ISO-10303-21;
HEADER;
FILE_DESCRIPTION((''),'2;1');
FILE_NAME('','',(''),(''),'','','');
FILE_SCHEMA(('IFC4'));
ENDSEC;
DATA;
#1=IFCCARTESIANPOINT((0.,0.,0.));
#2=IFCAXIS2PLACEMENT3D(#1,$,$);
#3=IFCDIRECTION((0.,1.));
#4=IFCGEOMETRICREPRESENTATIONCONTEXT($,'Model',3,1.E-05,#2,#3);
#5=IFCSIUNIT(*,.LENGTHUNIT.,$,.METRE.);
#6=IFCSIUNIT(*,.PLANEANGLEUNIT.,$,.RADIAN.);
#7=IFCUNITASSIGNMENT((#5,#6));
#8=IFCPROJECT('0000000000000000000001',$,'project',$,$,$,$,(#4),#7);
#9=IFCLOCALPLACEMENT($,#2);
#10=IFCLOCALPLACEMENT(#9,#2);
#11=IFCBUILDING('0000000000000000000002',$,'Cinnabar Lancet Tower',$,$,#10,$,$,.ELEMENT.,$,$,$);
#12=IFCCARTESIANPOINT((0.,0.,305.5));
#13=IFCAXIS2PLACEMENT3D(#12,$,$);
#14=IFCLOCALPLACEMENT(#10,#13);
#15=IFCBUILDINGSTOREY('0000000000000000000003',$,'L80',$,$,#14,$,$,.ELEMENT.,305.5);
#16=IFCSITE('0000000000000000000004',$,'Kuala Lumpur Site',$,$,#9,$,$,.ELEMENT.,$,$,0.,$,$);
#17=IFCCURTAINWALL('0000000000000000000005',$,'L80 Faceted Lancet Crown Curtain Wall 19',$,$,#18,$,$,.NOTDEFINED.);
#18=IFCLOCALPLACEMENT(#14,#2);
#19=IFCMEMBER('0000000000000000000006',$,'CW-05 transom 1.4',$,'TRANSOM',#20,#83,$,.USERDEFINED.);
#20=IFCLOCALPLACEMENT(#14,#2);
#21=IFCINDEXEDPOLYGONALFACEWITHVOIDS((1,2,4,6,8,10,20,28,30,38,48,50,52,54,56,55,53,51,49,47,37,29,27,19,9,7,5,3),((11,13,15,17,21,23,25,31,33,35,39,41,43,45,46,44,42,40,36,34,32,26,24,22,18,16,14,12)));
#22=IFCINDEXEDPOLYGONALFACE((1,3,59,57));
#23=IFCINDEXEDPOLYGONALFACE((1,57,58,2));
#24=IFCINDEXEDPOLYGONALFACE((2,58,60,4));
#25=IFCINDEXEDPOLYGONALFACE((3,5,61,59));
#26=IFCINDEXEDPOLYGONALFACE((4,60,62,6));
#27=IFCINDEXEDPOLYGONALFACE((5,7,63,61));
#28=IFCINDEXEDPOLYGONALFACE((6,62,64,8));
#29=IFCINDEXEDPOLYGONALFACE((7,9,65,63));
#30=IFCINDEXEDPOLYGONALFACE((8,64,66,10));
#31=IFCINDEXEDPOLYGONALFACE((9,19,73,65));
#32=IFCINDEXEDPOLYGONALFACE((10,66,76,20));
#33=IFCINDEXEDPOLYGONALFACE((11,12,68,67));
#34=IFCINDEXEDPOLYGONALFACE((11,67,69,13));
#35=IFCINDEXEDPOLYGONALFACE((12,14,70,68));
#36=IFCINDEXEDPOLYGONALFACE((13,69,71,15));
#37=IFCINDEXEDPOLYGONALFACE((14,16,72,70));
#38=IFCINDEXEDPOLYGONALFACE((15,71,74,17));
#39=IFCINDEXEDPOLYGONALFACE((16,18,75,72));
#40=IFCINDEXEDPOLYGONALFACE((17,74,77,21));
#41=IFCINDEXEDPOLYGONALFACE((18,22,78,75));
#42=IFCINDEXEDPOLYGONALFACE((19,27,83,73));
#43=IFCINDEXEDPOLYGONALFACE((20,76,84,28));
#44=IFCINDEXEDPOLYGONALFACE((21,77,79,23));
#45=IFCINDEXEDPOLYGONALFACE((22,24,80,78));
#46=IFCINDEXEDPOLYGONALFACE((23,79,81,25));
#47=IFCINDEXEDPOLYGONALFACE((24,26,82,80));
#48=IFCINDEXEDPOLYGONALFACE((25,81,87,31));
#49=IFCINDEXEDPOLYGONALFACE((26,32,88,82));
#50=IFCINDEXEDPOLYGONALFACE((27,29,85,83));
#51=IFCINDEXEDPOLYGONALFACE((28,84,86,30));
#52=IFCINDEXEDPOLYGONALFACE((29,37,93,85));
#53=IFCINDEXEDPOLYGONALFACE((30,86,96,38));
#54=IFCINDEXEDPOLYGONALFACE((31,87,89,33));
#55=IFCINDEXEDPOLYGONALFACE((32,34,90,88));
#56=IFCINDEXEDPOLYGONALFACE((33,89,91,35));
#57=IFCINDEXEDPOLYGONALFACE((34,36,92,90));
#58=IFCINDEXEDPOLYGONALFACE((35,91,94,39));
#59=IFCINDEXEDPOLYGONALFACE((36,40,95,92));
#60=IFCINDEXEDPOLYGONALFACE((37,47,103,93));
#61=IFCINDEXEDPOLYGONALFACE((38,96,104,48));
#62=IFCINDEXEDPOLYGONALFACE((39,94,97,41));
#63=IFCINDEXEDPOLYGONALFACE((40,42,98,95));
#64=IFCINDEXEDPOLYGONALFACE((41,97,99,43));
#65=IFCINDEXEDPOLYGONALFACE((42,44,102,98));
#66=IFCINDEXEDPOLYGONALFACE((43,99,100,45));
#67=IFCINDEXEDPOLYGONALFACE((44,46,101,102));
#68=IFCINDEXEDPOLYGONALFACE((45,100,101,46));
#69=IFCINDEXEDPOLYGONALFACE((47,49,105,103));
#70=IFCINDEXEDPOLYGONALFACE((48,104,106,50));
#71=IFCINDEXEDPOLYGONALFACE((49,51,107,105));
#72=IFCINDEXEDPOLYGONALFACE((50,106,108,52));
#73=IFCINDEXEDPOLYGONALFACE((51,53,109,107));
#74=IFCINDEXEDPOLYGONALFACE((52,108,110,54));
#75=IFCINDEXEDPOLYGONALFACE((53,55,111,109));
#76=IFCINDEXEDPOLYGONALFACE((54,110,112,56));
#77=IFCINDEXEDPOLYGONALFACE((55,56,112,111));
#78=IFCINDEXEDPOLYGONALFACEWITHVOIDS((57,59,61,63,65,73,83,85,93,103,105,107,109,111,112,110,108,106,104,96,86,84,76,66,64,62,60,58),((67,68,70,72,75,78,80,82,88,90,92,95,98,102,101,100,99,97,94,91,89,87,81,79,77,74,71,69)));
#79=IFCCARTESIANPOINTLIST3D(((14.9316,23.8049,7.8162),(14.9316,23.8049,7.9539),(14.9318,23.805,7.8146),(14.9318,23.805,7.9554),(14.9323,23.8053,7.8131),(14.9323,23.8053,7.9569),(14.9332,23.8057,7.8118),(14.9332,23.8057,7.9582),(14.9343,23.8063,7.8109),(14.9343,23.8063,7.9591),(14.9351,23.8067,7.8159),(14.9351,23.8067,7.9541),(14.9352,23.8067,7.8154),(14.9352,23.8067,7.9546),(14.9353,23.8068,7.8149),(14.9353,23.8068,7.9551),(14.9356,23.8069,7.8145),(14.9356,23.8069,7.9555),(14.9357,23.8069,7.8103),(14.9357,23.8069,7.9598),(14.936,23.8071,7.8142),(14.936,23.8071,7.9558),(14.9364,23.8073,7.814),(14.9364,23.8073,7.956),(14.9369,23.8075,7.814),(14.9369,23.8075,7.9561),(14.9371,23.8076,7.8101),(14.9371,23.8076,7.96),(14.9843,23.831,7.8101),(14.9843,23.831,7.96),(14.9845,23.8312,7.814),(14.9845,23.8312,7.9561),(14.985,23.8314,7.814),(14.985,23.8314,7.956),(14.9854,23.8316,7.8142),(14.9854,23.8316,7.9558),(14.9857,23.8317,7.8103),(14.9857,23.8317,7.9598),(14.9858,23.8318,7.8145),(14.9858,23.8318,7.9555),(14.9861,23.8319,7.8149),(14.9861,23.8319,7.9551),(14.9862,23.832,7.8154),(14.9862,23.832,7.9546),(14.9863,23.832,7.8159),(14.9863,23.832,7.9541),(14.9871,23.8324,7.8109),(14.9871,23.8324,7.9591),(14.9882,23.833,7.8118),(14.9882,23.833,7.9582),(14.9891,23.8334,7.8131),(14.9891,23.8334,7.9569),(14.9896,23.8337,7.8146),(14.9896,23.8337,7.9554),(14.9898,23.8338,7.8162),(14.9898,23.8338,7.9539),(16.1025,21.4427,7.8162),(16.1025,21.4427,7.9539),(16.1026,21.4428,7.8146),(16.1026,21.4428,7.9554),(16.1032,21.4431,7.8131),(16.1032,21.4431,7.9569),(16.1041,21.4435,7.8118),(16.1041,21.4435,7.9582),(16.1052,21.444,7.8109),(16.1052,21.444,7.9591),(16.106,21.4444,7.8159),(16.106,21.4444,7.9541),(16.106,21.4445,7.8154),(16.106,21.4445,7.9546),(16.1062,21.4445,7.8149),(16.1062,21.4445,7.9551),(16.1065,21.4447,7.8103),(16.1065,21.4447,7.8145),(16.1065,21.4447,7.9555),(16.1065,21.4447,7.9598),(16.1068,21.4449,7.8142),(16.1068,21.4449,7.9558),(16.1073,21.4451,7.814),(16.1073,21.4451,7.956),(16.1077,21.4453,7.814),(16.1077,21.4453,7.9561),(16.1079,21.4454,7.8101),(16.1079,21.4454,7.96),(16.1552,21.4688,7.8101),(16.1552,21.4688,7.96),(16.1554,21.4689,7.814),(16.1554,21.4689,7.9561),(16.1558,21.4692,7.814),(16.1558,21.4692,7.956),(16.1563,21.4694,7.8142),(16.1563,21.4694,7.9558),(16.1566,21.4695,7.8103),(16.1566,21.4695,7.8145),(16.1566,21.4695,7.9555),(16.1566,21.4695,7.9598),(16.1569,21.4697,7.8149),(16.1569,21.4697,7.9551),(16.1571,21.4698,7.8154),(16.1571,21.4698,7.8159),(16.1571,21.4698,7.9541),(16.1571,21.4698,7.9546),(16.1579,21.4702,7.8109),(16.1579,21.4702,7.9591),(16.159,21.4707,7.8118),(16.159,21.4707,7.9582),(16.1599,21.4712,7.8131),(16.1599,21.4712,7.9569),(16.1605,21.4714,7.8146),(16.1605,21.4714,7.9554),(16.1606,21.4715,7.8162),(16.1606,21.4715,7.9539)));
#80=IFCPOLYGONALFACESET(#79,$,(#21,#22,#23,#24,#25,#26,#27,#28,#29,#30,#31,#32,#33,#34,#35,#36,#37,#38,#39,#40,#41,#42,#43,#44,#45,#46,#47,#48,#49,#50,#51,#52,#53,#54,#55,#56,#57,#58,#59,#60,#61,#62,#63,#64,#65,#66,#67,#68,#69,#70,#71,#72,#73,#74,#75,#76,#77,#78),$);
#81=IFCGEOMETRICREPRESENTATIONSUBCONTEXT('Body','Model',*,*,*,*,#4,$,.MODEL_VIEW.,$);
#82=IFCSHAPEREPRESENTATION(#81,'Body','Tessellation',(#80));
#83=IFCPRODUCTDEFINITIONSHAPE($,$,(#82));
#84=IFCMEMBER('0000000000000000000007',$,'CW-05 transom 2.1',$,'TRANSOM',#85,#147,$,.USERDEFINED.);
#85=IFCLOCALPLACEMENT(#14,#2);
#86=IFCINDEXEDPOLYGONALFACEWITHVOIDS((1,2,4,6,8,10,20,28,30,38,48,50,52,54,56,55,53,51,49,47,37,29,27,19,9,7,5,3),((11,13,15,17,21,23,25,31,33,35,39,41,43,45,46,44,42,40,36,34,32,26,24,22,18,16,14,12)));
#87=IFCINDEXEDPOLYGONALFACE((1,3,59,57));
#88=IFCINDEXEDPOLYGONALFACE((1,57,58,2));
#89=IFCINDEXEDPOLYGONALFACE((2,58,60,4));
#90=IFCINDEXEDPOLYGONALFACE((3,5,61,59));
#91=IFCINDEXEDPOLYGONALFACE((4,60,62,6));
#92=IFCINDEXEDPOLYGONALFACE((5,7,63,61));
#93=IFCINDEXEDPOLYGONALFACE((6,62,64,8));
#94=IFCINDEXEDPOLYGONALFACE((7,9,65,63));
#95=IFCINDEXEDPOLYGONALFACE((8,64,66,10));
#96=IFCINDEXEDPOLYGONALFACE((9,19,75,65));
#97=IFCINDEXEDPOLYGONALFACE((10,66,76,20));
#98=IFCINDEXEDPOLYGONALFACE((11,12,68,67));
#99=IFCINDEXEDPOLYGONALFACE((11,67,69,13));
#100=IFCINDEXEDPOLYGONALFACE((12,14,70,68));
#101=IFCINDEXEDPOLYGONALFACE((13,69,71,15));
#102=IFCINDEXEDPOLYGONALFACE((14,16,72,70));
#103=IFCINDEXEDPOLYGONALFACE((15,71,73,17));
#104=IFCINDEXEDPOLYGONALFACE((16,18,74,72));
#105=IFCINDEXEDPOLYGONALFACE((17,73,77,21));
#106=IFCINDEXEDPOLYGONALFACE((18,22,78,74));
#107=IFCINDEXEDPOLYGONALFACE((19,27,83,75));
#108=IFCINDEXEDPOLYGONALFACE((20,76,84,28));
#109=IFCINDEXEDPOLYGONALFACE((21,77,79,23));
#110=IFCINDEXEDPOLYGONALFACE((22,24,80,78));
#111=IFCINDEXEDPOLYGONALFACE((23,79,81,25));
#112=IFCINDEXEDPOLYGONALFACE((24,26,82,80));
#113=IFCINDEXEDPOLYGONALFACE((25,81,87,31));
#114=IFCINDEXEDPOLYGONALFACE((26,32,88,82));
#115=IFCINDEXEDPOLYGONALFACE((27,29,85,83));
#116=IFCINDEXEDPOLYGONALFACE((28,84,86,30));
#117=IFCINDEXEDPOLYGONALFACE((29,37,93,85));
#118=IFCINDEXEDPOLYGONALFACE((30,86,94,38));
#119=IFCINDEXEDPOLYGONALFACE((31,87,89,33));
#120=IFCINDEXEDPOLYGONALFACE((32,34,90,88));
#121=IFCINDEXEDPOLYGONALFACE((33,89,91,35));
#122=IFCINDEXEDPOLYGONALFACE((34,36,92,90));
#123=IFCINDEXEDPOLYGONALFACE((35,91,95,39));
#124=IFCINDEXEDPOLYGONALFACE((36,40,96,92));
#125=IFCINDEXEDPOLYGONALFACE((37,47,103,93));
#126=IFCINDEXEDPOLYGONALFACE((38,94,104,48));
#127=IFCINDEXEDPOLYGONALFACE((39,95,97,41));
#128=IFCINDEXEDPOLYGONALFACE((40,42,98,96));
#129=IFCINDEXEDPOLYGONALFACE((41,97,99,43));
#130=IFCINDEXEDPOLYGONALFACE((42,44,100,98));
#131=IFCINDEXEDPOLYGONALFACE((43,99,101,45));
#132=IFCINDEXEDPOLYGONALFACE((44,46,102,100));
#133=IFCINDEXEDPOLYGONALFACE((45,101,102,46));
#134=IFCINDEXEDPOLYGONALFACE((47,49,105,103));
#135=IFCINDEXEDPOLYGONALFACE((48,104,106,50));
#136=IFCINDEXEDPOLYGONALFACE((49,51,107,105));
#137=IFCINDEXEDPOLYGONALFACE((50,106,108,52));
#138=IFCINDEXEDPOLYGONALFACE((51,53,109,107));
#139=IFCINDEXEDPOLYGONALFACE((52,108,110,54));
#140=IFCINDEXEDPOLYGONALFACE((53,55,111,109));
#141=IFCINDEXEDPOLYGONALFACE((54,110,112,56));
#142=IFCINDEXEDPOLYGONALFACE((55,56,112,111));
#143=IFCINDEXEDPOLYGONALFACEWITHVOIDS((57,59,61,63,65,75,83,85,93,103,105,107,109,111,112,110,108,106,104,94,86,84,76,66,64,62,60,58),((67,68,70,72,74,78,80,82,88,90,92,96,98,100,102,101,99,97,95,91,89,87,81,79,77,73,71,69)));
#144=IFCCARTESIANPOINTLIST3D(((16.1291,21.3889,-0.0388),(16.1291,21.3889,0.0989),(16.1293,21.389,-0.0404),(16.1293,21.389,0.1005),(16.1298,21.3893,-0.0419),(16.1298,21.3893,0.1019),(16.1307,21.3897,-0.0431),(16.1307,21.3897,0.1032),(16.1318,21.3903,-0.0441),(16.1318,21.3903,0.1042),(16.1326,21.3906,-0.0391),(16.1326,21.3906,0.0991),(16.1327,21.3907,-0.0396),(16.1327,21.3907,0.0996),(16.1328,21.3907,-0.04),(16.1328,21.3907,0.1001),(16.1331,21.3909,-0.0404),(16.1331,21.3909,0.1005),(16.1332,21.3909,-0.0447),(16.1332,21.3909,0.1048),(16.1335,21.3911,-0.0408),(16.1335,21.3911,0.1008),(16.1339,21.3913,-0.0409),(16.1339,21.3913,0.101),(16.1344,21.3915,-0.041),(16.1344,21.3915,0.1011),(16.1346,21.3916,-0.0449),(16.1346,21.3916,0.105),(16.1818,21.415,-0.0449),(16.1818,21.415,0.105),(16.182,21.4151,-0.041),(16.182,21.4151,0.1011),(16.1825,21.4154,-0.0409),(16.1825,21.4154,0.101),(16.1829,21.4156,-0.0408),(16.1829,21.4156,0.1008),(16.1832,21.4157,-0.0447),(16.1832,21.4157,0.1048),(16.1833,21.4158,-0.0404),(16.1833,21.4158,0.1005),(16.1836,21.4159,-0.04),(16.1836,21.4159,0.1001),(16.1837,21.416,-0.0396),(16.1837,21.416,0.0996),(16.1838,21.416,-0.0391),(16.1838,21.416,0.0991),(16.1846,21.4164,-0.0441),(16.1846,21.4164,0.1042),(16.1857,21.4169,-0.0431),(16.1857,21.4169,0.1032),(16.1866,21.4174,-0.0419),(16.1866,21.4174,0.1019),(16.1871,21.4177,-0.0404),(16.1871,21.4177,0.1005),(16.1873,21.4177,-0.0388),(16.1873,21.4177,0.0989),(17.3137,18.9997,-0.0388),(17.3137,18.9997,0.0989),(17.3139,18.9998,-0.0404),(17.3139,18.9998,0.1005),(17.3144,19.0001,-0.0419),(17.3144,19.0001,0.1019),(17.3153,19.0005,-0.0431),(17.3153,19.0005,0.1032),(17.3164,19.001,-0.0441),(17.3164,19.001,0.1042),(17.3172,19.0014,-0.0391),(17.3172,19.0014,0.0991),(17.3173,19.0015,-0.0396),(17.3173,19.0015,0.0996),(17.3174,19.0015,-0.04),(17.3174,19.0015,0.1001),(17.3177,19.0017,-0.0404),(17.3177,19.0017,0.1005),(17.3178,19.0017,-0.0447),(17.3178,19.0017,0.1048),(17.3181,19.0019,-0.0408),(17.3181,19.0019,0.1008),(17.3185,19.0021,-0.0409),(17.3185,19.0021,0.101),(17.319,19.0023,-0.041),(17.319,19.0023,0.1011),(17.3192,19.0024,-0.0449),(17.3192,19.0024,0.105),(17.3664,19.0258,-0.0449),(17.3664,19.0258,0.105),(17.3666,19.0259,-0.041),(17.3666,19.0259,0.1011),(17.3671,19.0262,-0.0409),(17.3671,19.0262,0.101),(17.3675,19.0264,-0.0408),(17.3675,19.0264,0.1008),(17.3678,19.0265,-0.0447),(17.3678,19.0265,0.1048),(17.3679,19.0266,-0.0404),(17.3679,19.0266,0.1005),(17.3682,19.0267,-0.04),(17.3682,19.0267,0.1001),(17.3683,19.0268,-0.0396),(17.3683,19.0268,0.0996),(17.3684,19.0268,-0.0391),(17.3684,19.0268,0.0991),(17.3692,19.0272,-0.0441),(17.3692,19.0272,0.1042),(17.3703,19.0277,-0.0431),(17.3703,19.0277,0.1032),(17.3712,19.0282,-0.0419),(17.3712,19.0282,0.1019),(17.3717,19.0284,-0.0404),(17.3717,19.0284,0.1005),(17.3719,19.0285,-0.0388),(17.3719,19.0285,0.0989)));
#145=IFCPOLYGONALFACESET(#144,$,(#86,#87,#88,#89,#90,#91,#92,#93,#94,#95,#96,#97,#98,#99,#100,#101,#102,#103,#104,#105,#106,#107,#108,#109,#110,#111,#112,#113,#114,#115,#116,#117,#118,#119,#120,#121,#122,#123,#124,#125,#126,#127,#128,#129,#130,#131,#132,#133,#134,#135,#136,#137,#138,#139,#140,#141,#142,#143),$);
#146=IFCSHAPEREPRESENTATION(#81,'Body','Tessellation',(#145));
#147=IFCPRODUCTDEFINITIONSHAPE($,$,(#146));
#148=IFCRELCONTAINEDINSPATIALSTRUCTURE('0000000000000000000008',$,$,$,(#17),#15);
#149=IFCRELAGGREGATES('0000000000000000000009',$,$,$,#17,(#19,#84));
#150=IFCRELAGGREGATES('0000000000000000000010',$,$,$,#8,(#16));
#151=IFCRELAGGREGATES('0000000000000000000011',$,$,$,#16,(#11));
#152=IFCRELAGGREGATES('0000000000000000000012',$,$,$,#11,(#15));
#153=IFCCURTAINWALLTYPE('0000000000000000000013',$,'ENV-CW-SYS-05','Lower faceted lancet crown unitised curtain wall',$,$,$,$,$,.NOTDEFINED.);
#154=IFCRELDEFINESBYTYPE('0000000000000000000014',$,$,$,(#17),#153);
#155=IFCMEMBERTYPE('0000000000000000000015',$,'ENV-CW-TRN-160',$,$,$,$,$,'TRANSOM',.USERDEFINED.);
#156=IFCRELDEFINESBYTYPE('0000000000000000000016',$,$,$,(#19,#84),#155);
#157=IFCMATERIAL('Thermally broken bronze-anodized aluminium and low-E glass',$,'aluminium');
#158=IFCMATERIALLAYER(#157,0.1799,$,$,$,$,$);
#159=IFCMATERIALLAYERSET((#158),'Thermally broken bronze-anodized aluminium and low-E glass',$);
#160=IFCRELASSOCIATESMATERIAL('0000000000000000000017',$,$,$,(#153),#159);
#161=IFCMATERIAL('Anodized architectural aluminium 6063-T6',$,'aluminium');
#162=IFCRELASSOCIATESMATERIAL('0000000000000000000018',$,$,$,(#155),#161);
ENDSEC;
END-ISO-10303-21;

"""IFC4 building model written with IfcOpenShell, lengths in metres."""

from ifc_helpers import new_model, si_unit, direction, frame, origin, origin_2d, place, context, subcontext, project, spatial, hollow_rectangle, extrude, material, layer, layer_set, material_profile, profile_set, type_object, element, aggregate, save


model = new_model("IFC4")

# Units and contexts
model_context = context("Model", 3, precision=1e-05, world=origin(), true_north=direction((0.0, 1.0)))
body_context = subcontext(model_context, "Body", "Model", "MODEL_VIEW")
ifc_project = project(units=[si_unit("LENGTHUNIT", "METRE"), si_unit("PLANEANGLEUNIT", "RADIAN")], contexts=[model_context])

# Site, building, storey
site_placement = place(None, origin())
site = spatial("IfcSite", under=ifc_project, at=site_placement, Name="Kuala Lumpur Site", CompositionType="ELEMENT", RefElevation=0.0)
building_placement = place(site_placement, origin())
building = spatial("IfcBuilding", under=site, at=building_placement, Name="Cinnabar Lancet Tower", CompositionType="ELEMENT")
storey_placement = place(building_placement, frame((0.0, 0.0, 305.5)))
storey = spatial("IfcBuildingStorey", under=building, at=storey_placement, Name="L80", CompositionType="ELEMENT", Elevation=305.5)

# Curtain wall
ifc_material_1 = material(Name="Thermally broken bronze-anodized aluminium and low-E glass", Category="aluminium")
ifc_layer_1 = layer(ifc_material_1, 0.1799)
ifc_layer_set_1 = layer_set([ifc_layer_1], Name="Thermally broken bronze-anodized aluminium and low-E glass")
curtain_wall_type = type_object("IfcCurtainWallType", Name="ENV-CW-SYS-05", Description="Lower faceted lancet crown unitised curtain wall", PredefinedType="NOTDEFINED", material=ifc_layer_set_1)
curtain_wall_1_placement = place(storey_placement, origin())
curtain_wall_1 = element("IfcCurtainWall", 1, at=curtain_wall_1_placement, inside=storey, type_object=curtain_wall_type, Name="L80 Faceted Lancet Crown Curtain Wall 19", PredefinedType="NOTDEFINED")

# Members
ifc_material_2 = material(Name="Anodized architectural aluminium 6063-T6", Category="aluminium")
ifc_material_profile_1 = material_profile(ifc_material_2, hollow_rectangle(XDim=0.0649, YDim=0.1499, WallThickness=0.0039, InnerFilletRadius=0.002, OuterFilletRadius=0.0061, at=origin_2d()), Name="CW-TRN 150x65x4")
ifc_profile_set_1 = profile_set([ifc_material_profile_1], Name="Anodized architectural aluminium 6063-T6")
member_type_1 = type_object("IfcMemberType", Name="ENV-CW-TRN-160", ElementType="TRANSOM", PredefinedType="USERDEFINED", material=ifc_profile_set_1)
member_1_placement = place(storey_placement, frame((14.9607, 23.8193, 7.885), z_axis=(0.4441, -0.895977, 0.0), x_axis=(0.895977, 0.4441, 0.0)))
member_1 = element("IfcMember", 2, at=member_1_placement, type_object=member_type_1, Name="CW-05 transom 1.4", ObjectType="TRANSOM", PredefinedType="USERDEFINED", context=body_context, shape_type="SweptSolid", body=[
    extrude(hollow_rectangle(XDim=0.0649, YDim=0.1499, WallThickness=0.0039, InnerFilletRadius=0.002, OuterFilletRadius=0.0061, at=origin_2d()), origin(), (0.0, 0.0, 1.0), 2.6365),
])
member_2_placement = place(storey_placement, frame((16.1582, 21.4033, 0.03), z_axis=(0.444208, -0.895924, 0.0), x_axis=(0.895924, 0.444208, 0.0)))
member_2 = element("IfcMember", 3, at=member_2_placement, type_object=member_type_1, Name="CW-05 transom 2.1", ObjectType="TRANSOM", PredefinedType="USERDEFINED", context=body_context, shape_type="SweptSolid", body=[
    extrude(hollow_rectangle(XDim=0.0649, YDim=0.1499, WallThickness=0.0039, InnerFilletRadius=0.002, OuterFilletRadius=0.0061, at=origin_2d()), origin(), (0.0, 0.0, 1.0), 2.6667),
])

aggregate(curtain_wall_1, [member_1, member_2])

save(model, "model.ifc")
